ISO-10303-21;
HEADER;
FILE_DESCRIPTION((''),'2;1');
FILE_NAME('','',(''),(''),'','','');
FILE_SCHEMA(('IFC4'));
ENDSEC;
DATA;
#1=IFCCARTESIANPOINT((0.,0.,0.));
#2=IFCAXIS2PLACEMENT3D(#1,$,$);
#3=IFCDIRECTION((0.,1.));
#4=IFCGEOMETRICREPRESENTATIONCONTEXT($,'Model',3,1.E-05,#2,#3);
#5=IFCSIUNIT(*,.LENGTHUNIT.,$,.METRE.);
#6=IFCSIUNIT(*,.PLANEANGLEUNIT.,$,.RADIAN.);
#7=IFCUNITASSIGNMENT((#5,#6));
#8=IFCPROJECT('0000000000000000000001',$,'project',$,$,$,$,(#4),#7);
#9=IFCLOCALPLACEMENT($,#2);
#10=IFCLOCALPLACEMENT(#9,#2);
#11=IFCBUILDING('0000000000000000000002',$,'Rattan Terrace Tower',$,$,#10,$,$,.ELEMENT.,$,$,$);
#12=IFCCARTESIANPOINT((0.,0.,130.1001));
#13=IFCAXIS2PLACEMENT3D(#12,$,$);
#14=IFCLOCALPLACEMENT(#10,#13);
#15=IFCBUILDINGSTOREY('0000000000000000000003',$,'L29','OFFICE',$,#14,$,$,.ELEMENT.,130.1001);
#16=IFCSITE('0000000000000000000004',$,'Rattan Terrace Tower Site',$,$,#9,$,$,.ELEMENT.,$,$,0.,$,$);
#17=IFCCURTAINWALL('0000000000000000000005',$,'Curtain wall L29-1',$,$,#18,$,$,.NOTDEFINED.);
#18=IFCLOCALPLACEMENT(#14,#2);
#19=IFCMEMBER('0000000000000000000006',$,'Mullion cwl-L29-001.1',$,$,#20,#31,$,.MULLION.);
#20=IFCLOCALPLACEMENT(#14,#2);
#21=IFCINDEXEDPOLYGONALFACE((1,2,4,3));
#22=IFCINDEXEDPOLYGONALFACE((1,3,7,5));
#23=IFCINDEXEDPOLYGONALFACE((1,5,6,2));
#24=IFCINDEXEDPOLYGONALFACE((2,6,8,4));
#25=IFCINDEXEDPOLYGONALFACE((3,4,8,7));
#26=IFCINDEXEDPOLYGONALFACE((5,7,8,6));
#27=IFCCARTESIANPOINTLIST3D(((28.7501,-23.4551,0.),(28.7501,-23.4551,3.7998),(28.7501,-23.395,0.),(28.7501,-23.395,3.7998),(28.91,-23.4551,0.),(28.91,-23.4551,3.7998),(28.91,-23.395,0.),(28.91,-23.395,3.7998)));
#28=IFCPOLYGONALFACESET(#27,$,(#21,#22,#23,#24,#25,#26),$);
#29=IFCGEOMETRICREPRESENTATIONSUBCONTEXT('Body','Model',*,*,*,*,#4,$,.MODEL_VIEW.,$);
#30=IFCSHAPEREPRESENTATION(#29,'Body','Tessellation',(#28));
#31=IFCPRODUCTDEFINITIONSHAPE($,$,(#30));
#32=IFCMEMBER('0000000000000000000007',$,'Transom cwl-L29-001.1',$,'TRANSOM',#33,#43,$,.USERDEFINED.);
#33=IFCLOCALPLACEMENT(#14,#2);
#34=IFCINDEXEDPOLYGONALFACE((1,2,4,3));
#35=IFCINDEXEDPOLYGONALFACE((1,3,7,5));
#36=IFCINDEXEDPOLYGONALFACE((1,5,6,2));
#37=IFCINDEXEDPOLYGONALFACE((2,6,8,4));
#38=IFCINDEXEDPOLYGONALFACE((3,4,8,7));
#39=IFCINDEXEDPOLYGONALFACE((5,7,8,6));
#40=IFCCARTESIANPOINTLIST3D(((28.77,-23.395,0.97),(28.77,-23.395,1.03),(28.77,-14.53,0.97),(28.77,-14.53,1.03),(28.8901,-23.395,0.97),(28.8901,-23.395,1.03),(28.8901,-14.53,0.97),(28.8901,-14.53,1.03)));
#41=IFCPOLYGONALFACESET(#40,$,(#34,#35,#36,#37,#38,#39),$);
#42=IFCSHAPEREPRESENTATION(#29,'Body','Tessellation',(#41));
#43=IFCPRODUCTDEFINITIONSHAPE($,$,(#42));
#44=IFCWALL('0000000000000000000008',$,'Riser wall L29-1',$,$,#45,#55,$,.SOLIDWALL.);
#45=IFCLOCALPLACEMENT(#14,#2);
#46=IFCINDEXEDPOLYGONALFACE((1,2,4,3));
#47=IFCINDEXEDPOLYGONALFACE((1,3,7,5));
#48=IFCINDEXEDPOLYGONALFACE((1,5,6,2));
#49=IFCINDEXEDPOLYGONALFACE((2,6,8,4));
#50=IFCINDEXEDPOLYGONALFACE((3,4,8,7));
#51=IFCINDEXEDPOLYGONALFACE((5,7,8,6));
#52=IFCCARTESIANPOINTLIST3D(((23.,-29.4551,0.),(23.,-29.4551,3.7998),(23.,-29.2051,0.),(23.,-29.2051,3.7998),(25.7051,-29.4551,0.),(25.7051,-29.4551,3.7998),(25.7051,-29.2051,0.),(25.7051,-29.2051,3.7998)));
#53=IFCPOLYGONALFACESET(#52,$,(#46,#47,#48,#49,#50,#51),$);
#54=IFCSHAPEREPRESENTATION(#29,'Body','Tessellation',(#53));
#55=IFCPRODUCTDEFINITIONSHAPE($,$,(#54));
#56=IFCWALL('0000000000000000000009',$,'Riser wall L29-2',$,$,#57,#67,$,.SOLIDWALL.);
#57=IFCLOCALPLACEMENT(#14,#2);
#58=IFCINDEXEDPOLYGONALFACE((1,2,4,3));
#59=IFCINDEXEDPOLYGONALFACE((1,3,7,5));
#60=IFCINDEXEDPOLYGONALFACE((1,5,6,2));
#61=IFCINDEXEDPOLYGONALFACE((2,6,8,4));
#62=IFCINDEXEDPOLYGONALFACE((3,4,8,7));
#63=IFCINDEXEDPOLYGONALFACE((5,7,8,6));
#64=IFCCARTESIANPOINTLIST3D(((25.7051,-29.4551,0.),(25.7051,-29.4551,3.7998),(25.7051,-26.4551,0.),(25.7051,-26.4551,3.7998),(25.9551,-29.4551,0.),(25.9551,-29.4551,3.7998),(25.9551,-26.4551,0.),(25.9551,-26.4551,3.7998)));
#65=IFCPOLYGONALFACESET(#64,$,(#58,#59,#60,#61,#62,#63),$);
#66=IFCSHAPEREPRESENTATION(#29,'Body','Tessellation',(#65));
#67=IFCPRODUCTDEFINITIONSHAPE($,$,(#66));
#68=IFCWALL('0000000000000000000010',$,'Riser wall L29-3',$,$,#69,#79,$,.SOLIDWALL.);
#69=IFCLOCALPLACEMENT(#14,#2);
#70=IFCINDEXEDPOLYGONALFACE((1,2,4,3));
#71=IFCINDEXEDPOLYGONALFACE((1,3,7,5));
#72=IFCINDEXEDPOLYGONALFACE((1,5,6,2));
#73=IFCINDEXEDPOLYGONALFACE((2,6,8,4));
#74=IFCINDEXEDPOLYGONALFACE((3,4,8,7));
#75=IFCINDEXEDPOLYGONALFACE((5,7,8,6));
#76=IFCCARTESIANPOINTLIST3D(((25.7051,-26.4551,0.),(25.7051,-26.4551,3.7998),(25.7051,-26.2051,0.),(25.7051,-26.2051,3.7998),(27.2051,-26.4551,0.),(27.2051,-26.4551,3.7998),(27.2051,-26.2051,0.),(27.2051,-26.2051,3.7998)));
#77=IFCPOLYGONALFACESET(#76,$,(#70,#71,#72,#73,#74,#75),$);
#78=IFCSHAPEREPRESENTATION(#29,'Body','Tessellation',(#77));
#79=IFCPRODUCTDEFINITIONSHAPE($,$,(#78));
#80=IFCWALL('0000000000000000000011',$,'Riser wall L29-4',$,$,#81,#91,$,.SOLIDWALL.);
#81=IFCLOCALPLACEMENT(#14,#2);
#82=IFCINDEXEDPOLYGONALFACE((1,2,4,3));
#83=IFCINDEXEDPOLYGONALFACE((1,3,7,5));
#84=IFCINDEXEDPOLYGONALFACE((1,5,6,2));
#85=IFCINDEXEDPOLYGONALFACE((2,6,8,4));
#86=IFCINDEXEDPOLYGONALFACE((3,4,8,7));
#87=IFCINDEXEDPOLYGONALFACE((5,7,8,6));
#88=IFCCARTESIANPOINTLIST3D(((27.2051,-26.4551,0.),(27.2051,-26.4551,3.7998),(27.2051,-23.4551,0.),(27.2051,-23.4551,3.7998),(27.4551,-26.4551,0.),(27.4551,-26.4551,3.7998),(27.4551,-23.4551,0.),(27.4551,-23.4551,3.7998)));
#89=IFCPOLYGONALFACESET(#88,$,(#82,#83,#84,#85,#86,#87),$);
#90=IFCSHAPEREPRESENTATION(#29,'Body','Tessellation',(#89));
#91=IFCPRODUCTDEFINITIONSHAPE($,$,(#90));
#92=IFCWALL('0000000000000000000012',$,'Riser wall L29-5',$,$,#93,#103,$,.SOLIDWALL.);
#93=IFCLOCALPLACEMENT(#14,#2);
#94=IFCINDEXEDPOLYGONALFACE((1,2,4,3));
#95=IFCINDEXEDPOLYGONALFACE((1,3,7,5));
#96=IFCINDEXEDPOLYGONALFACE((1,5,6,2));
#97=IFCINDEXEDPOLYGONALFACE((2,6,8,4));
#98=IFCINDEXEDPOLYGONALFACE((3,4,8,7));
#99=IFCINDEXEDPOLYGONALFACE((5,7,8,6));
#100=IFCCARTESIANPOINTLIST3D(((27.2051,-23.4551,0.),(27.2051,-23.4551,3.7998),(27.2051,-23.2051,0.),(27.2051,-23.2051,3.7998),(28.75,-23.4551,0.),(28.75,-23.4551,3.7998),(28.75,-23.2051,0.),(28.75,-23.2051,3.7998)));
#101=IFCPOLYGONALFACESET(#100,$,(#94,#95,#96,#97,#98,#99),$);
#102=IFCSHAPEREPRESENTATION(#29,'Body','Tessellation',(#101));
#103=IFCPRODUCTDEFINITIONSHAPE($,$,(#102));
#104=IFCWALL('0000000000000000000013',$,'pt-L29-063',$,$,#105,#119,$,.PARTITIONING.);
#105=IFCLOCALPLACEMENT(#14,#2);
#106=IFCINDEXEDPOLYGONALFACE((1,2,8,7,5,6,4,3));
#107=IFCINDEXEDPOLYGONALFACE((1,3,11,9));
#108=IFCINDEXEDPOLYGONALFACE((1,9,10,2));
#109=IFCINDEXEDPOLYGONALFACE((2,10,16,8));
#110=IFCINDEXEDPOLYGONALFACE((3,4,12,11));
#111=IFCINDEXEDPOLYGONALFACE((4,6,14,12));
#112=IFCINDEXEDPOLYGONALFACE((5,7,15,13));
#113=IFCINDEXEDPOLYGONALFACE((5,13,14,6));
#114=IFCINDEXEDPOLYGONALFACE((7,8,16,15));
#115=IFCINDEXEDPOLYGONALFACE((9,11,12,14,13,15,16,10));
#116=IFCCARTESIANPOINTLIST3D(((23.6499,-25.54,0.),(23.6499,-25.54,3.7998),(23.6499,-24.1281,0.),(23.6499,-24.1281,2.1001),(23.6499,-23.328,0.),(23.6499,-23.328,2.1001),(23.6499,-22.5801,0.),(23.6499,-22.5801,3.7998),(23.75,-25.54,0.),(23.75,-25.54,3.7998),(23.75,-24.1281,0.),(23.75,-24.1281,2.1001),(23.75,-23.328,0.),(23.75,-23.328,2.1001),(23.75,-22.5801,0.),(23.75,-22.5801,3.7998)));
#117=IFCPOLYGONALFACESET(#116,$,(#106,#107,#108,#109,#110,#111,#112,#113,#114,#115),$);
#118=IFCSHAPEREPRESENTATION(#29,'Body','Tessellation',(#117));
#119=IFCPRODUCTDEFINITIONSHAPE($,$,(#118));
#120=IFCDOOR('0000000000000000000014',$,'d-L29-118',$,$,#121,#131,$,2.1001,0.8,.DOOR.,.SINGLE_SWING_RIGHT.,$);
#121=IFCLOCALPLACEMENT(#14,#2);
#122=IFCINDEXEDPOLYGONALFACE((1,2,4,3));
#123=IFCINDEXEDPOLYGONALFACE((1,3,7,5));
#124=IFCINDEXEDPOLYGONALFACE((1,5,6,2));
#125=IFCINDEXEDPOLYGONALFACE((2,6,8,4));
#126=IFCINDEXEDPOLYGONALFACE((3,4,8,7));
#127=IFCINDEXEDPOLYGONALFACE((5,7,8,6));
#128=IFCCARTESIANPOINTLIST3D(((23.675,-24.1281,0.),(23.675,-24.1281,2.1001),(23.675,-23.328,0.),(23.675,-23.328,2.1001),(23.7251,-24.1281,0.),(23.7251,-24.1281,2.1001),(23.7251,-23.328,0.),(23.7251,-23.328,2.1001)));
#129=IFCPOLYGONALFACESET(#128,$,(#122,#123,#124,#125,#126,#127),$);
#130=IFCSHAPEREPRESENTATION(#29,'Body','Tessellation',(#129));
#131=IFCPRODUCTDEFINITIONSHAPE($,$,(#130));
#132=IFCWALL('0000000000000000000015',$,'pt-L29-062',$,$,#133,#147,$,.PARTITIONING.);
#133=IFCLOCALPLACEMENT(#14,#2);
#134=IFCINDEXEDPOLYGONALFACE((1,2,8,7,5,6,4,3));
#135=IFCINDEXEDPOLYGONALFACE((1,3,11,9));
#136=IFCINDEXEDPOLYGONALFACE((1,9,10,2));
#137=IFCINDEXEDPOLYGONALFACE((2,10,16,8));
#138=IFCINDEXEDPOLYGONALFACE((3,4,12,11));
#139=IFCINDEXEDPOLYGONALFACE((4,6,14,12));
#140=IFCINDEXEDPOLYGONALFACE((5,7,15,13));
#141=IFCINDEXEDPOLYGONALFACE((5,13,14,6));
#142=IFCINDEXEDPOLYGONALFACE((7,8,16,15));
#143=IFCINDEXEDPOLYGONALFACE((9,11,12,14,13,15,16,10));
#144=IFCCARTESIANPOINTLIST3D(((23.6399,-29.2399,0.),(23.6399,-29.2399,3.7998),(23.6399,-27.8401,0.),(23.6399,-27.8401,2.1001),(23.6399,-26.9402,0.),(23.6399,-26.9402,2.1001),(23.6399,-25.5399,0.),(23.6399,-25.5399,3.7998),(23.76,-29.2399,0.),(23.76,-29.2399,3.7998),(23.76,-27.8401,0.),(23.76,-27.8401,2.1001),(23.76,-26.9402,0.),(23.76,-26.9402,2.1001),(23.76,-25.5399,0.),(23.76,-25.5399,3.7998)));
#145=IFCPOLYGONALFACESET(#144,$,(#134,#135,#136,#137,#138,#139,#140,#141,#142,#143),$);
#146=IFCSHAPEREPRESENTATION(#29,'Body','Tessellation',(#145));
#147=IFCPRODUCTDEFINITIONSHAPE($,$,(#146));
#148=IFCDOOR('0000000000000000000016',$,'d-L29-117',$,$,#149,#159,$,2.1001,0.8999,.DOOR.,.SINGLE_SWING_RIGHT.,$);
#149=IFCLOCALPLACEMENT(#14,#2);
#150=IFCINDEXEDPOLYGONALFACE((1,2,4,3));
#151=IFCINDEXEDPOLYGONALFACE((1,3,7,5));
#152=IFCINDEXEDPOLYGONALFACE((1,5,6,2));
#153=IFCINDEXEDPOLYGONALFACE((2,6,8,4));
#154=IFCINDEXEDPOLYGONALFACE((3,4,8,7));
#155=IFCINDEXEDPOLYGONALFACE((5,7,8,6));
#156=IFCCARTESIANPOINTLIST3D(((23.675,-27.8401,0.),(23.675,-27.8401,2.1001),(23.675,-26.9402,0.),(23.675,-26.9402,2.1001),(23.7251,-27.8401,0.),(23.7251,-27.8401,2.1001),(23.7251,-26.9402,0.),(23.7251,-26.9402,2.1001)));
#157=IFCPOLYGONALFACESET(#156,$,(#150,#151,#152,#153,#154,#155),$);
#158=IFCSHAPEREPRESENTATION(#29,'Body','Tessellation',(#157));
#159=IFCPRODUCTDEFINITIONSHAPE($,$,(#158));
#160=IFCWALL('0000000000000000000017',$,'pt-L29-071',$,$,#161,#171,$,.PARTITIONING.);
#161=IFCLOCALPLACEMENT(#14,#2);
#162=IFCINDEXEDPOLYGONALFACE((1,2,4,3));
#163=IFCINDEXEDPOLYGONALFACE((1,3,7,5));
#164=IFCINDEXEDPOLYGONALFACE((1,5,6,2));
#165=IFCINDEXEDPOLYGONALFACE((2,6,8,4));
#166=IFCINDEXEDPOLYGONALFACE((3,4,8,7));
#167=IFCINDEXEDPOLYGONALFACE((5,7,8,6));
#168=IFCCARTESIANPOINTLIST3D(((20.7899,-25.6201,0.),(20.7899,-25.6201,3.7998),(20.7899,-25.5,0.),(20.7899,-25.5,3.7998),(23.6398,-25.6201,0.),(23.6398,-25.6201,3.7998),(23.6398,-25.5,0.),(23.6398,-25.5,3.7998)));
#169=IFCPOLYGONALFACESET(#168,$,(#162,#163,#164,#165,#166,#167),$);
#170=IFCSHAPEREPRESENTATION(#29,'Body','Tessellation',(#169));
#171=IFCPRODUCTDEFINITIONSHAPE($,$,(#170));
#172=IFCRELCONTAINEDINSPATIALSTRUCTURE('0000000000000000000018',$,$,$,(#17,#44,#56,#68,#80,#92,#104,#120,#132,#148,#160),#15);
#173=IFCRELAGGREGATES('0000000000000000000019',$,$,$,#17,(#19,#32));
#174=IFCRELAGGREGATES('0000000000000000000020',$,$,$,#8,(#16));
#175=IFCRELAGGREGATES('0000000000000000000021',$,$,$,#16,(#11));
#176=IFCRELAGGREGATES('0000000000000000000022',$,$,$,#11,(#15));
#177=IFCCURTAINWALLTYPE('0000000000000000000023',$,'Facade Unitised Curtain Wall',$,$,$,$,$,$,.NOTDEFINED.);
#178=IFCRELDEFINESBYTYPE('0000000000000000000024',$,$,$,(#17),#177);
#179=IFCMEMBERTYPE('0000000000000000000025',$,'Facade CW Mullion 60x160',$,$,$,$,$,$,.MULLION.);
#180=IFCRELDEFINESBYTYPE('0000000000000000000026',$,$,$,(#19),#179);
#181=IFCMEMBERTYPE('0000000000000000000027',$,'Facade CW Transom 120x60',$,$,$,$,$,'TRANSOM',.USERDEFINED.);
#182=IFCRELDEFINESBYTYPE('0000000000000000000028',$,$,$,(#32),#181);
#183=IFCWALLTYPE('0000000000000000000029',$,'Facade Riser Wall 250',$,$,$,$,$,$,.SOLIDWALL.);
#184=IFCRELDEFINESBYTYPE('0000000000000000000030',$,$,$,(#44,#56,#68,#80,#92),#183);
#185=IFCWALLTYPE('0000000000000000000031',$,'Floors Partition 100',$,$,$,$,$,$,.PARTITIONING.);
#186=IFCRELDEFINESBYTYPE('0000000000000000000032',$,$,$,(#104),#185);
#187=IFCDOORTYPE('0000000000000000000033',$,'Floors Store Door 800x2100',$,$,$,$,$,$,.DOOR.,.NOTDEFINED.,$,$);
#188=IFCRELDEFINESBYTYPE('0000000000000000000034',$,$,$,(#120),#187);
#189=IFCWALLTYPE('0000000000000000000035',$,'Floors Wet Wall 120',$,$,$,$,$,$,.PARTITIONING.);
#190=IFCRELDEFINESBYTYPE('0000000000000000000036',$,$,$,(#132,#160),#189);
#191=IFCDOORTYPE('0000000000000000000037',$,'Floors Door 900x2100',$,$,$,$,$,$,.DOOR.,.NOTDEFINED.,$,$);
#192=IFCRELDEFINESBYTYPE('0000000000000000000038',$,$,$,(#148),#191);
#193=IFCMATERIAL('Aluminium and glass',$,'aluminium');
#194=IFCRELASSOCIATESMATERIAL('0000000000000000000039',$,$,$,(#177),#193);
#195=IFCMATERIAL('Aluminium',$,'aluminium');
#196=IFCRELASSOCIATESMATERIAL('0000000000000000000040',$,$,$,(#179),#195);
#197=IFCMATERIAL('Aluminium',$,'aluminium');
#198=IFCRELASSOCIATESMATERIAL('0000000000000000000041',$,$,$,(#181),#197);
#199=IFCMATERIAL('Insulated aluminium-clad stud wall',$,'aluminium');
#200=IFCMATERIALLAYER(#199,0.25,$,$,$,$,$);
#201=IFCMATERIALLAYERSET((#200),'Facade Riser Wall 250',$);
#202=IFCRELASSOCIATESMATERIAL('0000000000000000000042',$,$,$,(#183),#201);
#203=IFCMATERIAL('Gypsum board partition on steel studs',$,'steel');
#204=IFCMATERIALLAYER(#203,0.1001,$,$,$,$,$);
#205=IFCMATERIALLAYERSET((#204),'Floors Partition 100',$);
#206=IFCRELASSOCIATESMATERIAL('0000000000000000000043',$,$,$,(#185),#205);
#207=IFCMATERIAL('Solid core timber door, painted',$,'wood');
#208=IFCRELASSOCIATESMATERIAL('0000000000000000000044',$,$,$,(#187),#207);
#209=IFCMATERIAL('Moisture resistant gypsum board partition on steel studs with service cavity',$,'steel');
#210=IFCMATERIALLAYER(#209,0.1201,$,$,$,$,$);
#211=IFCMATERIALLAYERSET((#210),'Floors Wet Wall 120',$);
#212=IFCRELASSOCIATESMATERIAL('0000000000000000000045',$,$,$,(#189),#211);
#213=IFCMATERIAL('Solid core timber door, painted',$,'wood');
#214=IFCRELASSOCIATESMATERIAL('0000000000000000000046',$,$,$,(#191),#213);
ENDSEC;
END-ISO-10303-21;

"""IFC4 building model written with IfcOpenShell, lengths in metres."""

from ifc_helpers import new_model, si_unit, direction, frame, frame_2d, origin, origin_2d, place, context, subcontext, project, spatial, rectangle, extrude, material, layer, layer_set, material_profile, profile_set, type_object, element, fill, aggregate, save


model = new_model("IFC4")

# Units and contexts
model_context = context("Model", 3, precision=1e-05, world=origin(), true_north=direction((0.0, 1.0)))
body_context = subcontext(model_context, "Body", "Model", "MODEL_VIEW")
ifc_project = project(units=[si_unit("LENGTHUNIT", "METRE"), si_unit("PLANEANGLEUNIT", "RADIAN")], contexts=[model_context])

# Site, building, storey
site_placement = place(None, origin())
site = spatial("IfcSite", under=ifc_project, at=site_placement, Name="Rattan Terrace Tower Site", CompositionType="ELEMENT", RefElevation=0.0)
building_placement = place(site_placement, origin())
building = spatial("IfcBuilding", under=site, at=building_placement, Name="Rattan Terrace Tower", CompositionType="ELEMENT")
storey_placement = place(building_placement, frame((0.0, 0.0, 130.1001)))
storey = spatial("IfcBuildingStorey", under=building, at=storey_placement, Name="L29", Description="OFFICE", CompositionType="ELEMENT", Elevation=130.1001)

# Curtain wall, members
ifc_material_1 = material(Name="Aluminium and glass", Category="aluminium")
curtain_wall_type = type_object("IfcCurtainWallType", Name="Facade Unitised Curtain Wall", PredefinedType="NOTDEFINED", material=ifc_material_1)
curtain_wall_placement = place(storey_placement, origin())
curtain_wall = element("IfcCurtainWall", 1, at=curtain_wall_placement, inside=storey, type_object=curtain_wall_type, Name="Curtain wall L29-1", PredefinedType="NOTDEFINED")
ifc_material_2 = material(Name="Aluminium", Category="aluminium")
ifc_material_profile_1 = material_profile(ifc_material_2, rectangle(XDim=0.0601, YDim=0.1599, at=origin_2d()), Name="Aluminium 60x160")
ifc_profile_set_1 = profile_set([ifc_material_profile_1], Name="Aluminium")
member_type_1 = type_object("IfcMemberType", Name="Facade CW Mullion 60x160", PredefinedType="MULLION", material=ifc_profile_set_1)
member_1_placement = place(storey_placement, frame((28.8301, -23.425, 0.0), z_axis=(0.0, 0.0, 1.0), x_axis=(0.0, 1.0, 0.0)))
member_1 = element("IfcMember", 2, at=member_1_placement, type_object=member_type_1, Name="Mullion cwl-L29-001.1", PredefinedType="MULLION", context=body_context, shape_type="SweptSolid", body=[
    extrude(rectangle(XDim=0.0601, YDim=0.1599, at=origin_2d()), origin(), (0.0, 0.0, 1.0), 3.7998),
])
ifc_material_3 = material(Name="Aluminium", Category="aluminium")
ifc_material_profile_2 = material_profile(ifc_material_3, rectangle(XDim=0.1201, YDim=0.0601, at=origin_2d()), Name="Aluminium 120x60")
ifc_profile_set_2 = profile_set([ifc_material_profile_2], Name="Aluminium")
member_type_2 = type_object("IfcMemberType", Name="Facade CW Transom 120x60", ElementType="TRANSOM", PredefinedType="USERDEFINED", material=ifc_profile_set_2)
member_2_placement = place(storey_placement, frame((28.8301, -23.395, 1.0), z_axis=(0.0, 1.0, 0.0), x_axis=(-1.0, 0.0, 0.0)))
member_2 = element("IfcMember", 3, at=member_2_placement, type_object=member_type_2, Name="Transom cwl-L29-001.1", ObjectType="TRANSOM", PredefinedType="USERDEFINED", context=body_context, shape_type="SweptSolid", body=[
    extrude(rectangle(XDim=0.1201, YDim=0.0601, at=origin_2d()), origin(), (0.0, 0.0, 1.0), 8.865),
])
aggregate(curtain_wall, [member_1, member_2])

# Walls
ifc_material_4 = material(Name="Insulated aluminium-clad stud wall", Category="aluminium")
ifc_layer_1 = layer(ifc_material_4, 0.25)
ifc_layer_set_1 = layer_set([ifc_layer_1], Name="Facade Riser Wall 250")
wall_type_1 = type_object("IfcWallType", Name="Facade Riser Wall 250", PredefinedType="SOLIDWALL", material=ifc_layer_set_1)
wall_1_placement = place(storey_placement, frame((23.0, -29.3301, 0.0), z_axis=(0.0, 0.0, 1.0), x_axis=(1.0, 0.0, 0.0)))
element("IfcWall", 4, at=wall_1_placement, inside=storey, type_object=wall_type_1, Name="Riser wall L29-1", PredefinedType="SOLIDWALL", context=body_context, shape_type="SweptSolid", body=[
    extrude(rectangle(XDim=2.7051, YDim=0.25, at=frame_2d((1.3525, 0.0))), origin(), (0.0, 0.0, 1.0), 3.7998),
])
wall_2_placement = place(storey_placement, frame((25.8301, -29.4551, 0.0), z_axis=(0.0, 0.0, 1.0), x_axis=(0.0, 1.0, 0.0)))
element("IfcWall", 5, at=wall_2_placement, inside=storey, type_object=wall_type_1, Name="Riser wall L29-2", PredefinedType="SOLIDWALL", context=body_context, shape_type="SweptSolid", body=[
    extrude(rectangle(XDim=3.0, YDim=0.25, at=frame_2d((1.5, 0.0))), origin(), (0.0, 0.0, 1.0), 3.7998),
])
wall_3_placement = place(storey_placement, frame((25.7051, -26.3301, 0.0), z_axis=(0.0, 0.0, 1.0), x_axis=(1.0, 0.0, 0.0)))
element("IfcWall", 6, at=wall_3_placement, inside=storey, type_object=wall_type_1, Name="Riser wall L29-3", PredefinedType="SOLIDWALL", context=body_context, shape_type="SweptSolid", body=[
    extrude(rectangle(XDim=1.5, YDim=0.25, at=frame_2d((0.75, 0.0))), origin(), (0.0, 0.0, 1.0), 3.7998),
])
wall_4_placement = place(storey_placement, frame((27.3301, -26.4551, 0.0), z_axis=(0.0, 0.0, 1.0), x_axis=(0.0, 1.0, 0.0)))
element("IfcWall", 7, at=wall_4_placement, inside=storey, type_object=wall_type_1, Name="Riser wall L29-4", PredefinedType="SOLIDWALL", context=body_context, shape_type="SweptSolid", body=[
    extrude(rectangle(XDim=3.0, YDim=0.25, at=frame_2d((1.5, 0.0))), origin(), (0.0, 0.0, 1.0), 3.7998),
])
wall_5_placement = place(storey_placement, frame((27.2051, -23.3301, 0.0), z_axis=(0.0, 0.0, 1.0), x_axis=(1.0, 0.0, 0.0)))
element("IfcWall", 8, at=wall_5_placement, inside=storey, type_object=wall_type_1, Name="Riser wall L29-5", PredefinedType="SOLIDWALL", context=body_context, shape_type="SweptSolid", body=[
    extrude(rectangle(XDim=1.5449, YDim=0.25, at=frame_2d((0.7725, 0.0))), origin(), (0.0, 0.0, 1.0), 3.7998),
])

# Walls, openings, doors
ifc_material_5 = material(Name="Gypsum board partition on steel studs", Category="steel")
ifc_layer_2 = layer(ifc_material_5, 0.1001)
ifc_layer_set_2 = layer_set([ifc_layer_2], Name="Floors Partition 100")
wall_type_2 = type_object("IfcWallType", Name="Floors Partition 100", PredefinedType="PARTITIONING", material=ifc_layer_set_2)
wall_6_placement = place(storey_placement, frame((23.7, -25.54, 0.0), z_axis=(0.0, 0.0, 1.0), x_axis=(0.0, 1.0, 0.0)))
wall_6 = element("IfcWall", 9, at=wall_6_placement, inside=storey, type_object=wall_type_2, Name="pt-L29-063", PredefinedType="PARTITIONING", context=body_context, shape_type="SweptSolid", body=[
    extrude(rectangle(XDim=2.96, YDim=0.1001, at=frame_2d((1.48, 0.0))), origin(), (0.0, 0.0, 1.0), 3.7998),
])
opening_1_placement = place(wall_6_placement, frame((1.4121, 0.0, 0.0)))
opening_1 = element("IfcOpeningElement", 10, at=opening_1_placement, cuts=wall_6, PredefinedType="OPENING", context=body_context, shape_type="SweptSolid", body=[
    extrude(rectangle(XDim=0.8, YDim=2.1001, at=frame_2d((0.3999, 1.05))), frame((0.0, 0.0605, 0.0), z_axis=(0.0, -1.0, 0.0), x_axis=(1.0, 0.0, 0.0)), (0.0, 0.0, 1.0), 0.1211),
])
ifc_material_6 = material(Name="Solid core timber door, painted", Category="wood")
door_type_1 = type_object("IfcDoorType", Name="Floors Store Door 800x2100", OperationType="NOTDEFINED", PredefinedType="DOOR", material=ifc_material_6)
door_1_placement = place(opening_1_placement, origin())
door_1 = element("IfcDoor", 11, at=door_1_placement, inside=storey, type_object=door_type_1, Name="d-L29-118", OperationType="SINGLE_SWING_RIGHT", OverallHeight=2.1001, OverallWidth=0.8, PredefinedType="DOOR", context=body_context, shape_type="SweptSolid", body=[
    extrude(rectangle(XDim=0.8, YDim=2.1001, at=frame_2d((0.3999, 1.05))), frame((0.0, 0.0249, 0.0), z_axis=(0.0, -1.0, 0.0), x_axis=(1.0, 0.0, 0.0)), (0.0, 0.0, 1.0), 0.05),
])
fill(opening_1, door_1)
ifc_material_7 = material(Name="Moisture resistant gypsum board partition on steel studs with service cavity", Category="steel")
ifc_layer_3 = layer(ifc_material_7, 0.1201)
ifc_layer_set_3 = layer_set([ifc_layer_3], Name="Floors Wet Wall 120")
wall_type_3 = type_object("IfcWallType", Name="Floors Wet Wall 120", PredefinedType="PARTITIONING", material=ifc_layer_set_3)
wall_7_placement = place(storey_placement, frame((23.7, -29.24, 0.0), z_axis=(0.0, 0.0, 1.0), x_axis=(0.0, 1.0, 0.0)))
wall_7 = element("IfcWall", 12, at=wall_7_placement, inside=storey, type_object=wall_type_3, Name="pt-L29-062", PredefinedType="PARTITIONING", context=body_context, shape_type="SweptSolid", body=[
    extrude(rectangle(XDim=3.7, YDim=0.1201, at=frame_2d((1.8501, 0.0))), origin(), (0.0, 0.0, 1.0), 3.7998),
])
opening_2_placement = place(wall_7_placement, frame((1.3999, 0.0, 0.0)))
opening_2 = element("IfcOpeningElement", 13, at=opening_2_placement, cuts=wall_7, PredefinedType="OPENING", context=body_context, shape_type="SweptSolid", body=[
    extrude(rectangle(XDim=0.8999, YDim=2.1001, at=frame_2d((0.45, 1.05))), frame((0.0, 0.0706, 0.0), z_axis=(0.0, -1.0, 0.0), x_axis=(1.0, 0.0, 0.0)), (0.0, 0.0, 1.0), 0.1411),
])
ifc_material_8 = material(Name="Solid core timber door, painted", Category="wood")
door_type_2 = type_object("IfcDoorType", Name="Floors Door 900x2100", OperationType="NOTDEFINED", PredefinedType="DOOR", material=ifc_material_8)
door_2_placement = place(opening_2_placement, origin())
door_2 = element("IfcDoor", 14, at=door_2_placement, inside=storey, type_object=door_type_2, Name="d-L29-117", OperationType="SINGLE_SWING_RIGHT", OverallHeight=2.1001, OverallWidth=0.8999, PredefinedType="DOOR", context=body_context, shape_type="SweptSolid", body=[
    extrude(rectangle(XDim=0.8999, YDim=2.1001, at=frame_2d((0.45, 1.05))), frame((0.0, 0.0249, 0.0), z_axis=(0.0, -1.0, 0.0), x_axis=(1.0, 0.0, 0.0)), (0.0, 0.0, 1.0), 0.05),
])
fill(opening_2, door_2)

# Wall
wall_8_placement = place(storey_placement, frame((20.79, -25.5601, 0.0), z_axis=(0.0, 0.0, 1.0), x_axis=(1.0, 0.0, 0.0)))
element("IfcWall", 15, at=wall_8_placement, inside=storey, type_object=wall_type_3, Name="pt-L29-071", PredefinedType="PARTITIONING", context=body_context, shape_type="SweptSolid", body=[
    extrude(rectangle(XDim=2.8499, YDim=0.1201, at=frame_2d((1.4248, 0.0))), origin(), (0.0, 0.0, 1.0), 3.7998),
])

save(model, "model.ifc")
